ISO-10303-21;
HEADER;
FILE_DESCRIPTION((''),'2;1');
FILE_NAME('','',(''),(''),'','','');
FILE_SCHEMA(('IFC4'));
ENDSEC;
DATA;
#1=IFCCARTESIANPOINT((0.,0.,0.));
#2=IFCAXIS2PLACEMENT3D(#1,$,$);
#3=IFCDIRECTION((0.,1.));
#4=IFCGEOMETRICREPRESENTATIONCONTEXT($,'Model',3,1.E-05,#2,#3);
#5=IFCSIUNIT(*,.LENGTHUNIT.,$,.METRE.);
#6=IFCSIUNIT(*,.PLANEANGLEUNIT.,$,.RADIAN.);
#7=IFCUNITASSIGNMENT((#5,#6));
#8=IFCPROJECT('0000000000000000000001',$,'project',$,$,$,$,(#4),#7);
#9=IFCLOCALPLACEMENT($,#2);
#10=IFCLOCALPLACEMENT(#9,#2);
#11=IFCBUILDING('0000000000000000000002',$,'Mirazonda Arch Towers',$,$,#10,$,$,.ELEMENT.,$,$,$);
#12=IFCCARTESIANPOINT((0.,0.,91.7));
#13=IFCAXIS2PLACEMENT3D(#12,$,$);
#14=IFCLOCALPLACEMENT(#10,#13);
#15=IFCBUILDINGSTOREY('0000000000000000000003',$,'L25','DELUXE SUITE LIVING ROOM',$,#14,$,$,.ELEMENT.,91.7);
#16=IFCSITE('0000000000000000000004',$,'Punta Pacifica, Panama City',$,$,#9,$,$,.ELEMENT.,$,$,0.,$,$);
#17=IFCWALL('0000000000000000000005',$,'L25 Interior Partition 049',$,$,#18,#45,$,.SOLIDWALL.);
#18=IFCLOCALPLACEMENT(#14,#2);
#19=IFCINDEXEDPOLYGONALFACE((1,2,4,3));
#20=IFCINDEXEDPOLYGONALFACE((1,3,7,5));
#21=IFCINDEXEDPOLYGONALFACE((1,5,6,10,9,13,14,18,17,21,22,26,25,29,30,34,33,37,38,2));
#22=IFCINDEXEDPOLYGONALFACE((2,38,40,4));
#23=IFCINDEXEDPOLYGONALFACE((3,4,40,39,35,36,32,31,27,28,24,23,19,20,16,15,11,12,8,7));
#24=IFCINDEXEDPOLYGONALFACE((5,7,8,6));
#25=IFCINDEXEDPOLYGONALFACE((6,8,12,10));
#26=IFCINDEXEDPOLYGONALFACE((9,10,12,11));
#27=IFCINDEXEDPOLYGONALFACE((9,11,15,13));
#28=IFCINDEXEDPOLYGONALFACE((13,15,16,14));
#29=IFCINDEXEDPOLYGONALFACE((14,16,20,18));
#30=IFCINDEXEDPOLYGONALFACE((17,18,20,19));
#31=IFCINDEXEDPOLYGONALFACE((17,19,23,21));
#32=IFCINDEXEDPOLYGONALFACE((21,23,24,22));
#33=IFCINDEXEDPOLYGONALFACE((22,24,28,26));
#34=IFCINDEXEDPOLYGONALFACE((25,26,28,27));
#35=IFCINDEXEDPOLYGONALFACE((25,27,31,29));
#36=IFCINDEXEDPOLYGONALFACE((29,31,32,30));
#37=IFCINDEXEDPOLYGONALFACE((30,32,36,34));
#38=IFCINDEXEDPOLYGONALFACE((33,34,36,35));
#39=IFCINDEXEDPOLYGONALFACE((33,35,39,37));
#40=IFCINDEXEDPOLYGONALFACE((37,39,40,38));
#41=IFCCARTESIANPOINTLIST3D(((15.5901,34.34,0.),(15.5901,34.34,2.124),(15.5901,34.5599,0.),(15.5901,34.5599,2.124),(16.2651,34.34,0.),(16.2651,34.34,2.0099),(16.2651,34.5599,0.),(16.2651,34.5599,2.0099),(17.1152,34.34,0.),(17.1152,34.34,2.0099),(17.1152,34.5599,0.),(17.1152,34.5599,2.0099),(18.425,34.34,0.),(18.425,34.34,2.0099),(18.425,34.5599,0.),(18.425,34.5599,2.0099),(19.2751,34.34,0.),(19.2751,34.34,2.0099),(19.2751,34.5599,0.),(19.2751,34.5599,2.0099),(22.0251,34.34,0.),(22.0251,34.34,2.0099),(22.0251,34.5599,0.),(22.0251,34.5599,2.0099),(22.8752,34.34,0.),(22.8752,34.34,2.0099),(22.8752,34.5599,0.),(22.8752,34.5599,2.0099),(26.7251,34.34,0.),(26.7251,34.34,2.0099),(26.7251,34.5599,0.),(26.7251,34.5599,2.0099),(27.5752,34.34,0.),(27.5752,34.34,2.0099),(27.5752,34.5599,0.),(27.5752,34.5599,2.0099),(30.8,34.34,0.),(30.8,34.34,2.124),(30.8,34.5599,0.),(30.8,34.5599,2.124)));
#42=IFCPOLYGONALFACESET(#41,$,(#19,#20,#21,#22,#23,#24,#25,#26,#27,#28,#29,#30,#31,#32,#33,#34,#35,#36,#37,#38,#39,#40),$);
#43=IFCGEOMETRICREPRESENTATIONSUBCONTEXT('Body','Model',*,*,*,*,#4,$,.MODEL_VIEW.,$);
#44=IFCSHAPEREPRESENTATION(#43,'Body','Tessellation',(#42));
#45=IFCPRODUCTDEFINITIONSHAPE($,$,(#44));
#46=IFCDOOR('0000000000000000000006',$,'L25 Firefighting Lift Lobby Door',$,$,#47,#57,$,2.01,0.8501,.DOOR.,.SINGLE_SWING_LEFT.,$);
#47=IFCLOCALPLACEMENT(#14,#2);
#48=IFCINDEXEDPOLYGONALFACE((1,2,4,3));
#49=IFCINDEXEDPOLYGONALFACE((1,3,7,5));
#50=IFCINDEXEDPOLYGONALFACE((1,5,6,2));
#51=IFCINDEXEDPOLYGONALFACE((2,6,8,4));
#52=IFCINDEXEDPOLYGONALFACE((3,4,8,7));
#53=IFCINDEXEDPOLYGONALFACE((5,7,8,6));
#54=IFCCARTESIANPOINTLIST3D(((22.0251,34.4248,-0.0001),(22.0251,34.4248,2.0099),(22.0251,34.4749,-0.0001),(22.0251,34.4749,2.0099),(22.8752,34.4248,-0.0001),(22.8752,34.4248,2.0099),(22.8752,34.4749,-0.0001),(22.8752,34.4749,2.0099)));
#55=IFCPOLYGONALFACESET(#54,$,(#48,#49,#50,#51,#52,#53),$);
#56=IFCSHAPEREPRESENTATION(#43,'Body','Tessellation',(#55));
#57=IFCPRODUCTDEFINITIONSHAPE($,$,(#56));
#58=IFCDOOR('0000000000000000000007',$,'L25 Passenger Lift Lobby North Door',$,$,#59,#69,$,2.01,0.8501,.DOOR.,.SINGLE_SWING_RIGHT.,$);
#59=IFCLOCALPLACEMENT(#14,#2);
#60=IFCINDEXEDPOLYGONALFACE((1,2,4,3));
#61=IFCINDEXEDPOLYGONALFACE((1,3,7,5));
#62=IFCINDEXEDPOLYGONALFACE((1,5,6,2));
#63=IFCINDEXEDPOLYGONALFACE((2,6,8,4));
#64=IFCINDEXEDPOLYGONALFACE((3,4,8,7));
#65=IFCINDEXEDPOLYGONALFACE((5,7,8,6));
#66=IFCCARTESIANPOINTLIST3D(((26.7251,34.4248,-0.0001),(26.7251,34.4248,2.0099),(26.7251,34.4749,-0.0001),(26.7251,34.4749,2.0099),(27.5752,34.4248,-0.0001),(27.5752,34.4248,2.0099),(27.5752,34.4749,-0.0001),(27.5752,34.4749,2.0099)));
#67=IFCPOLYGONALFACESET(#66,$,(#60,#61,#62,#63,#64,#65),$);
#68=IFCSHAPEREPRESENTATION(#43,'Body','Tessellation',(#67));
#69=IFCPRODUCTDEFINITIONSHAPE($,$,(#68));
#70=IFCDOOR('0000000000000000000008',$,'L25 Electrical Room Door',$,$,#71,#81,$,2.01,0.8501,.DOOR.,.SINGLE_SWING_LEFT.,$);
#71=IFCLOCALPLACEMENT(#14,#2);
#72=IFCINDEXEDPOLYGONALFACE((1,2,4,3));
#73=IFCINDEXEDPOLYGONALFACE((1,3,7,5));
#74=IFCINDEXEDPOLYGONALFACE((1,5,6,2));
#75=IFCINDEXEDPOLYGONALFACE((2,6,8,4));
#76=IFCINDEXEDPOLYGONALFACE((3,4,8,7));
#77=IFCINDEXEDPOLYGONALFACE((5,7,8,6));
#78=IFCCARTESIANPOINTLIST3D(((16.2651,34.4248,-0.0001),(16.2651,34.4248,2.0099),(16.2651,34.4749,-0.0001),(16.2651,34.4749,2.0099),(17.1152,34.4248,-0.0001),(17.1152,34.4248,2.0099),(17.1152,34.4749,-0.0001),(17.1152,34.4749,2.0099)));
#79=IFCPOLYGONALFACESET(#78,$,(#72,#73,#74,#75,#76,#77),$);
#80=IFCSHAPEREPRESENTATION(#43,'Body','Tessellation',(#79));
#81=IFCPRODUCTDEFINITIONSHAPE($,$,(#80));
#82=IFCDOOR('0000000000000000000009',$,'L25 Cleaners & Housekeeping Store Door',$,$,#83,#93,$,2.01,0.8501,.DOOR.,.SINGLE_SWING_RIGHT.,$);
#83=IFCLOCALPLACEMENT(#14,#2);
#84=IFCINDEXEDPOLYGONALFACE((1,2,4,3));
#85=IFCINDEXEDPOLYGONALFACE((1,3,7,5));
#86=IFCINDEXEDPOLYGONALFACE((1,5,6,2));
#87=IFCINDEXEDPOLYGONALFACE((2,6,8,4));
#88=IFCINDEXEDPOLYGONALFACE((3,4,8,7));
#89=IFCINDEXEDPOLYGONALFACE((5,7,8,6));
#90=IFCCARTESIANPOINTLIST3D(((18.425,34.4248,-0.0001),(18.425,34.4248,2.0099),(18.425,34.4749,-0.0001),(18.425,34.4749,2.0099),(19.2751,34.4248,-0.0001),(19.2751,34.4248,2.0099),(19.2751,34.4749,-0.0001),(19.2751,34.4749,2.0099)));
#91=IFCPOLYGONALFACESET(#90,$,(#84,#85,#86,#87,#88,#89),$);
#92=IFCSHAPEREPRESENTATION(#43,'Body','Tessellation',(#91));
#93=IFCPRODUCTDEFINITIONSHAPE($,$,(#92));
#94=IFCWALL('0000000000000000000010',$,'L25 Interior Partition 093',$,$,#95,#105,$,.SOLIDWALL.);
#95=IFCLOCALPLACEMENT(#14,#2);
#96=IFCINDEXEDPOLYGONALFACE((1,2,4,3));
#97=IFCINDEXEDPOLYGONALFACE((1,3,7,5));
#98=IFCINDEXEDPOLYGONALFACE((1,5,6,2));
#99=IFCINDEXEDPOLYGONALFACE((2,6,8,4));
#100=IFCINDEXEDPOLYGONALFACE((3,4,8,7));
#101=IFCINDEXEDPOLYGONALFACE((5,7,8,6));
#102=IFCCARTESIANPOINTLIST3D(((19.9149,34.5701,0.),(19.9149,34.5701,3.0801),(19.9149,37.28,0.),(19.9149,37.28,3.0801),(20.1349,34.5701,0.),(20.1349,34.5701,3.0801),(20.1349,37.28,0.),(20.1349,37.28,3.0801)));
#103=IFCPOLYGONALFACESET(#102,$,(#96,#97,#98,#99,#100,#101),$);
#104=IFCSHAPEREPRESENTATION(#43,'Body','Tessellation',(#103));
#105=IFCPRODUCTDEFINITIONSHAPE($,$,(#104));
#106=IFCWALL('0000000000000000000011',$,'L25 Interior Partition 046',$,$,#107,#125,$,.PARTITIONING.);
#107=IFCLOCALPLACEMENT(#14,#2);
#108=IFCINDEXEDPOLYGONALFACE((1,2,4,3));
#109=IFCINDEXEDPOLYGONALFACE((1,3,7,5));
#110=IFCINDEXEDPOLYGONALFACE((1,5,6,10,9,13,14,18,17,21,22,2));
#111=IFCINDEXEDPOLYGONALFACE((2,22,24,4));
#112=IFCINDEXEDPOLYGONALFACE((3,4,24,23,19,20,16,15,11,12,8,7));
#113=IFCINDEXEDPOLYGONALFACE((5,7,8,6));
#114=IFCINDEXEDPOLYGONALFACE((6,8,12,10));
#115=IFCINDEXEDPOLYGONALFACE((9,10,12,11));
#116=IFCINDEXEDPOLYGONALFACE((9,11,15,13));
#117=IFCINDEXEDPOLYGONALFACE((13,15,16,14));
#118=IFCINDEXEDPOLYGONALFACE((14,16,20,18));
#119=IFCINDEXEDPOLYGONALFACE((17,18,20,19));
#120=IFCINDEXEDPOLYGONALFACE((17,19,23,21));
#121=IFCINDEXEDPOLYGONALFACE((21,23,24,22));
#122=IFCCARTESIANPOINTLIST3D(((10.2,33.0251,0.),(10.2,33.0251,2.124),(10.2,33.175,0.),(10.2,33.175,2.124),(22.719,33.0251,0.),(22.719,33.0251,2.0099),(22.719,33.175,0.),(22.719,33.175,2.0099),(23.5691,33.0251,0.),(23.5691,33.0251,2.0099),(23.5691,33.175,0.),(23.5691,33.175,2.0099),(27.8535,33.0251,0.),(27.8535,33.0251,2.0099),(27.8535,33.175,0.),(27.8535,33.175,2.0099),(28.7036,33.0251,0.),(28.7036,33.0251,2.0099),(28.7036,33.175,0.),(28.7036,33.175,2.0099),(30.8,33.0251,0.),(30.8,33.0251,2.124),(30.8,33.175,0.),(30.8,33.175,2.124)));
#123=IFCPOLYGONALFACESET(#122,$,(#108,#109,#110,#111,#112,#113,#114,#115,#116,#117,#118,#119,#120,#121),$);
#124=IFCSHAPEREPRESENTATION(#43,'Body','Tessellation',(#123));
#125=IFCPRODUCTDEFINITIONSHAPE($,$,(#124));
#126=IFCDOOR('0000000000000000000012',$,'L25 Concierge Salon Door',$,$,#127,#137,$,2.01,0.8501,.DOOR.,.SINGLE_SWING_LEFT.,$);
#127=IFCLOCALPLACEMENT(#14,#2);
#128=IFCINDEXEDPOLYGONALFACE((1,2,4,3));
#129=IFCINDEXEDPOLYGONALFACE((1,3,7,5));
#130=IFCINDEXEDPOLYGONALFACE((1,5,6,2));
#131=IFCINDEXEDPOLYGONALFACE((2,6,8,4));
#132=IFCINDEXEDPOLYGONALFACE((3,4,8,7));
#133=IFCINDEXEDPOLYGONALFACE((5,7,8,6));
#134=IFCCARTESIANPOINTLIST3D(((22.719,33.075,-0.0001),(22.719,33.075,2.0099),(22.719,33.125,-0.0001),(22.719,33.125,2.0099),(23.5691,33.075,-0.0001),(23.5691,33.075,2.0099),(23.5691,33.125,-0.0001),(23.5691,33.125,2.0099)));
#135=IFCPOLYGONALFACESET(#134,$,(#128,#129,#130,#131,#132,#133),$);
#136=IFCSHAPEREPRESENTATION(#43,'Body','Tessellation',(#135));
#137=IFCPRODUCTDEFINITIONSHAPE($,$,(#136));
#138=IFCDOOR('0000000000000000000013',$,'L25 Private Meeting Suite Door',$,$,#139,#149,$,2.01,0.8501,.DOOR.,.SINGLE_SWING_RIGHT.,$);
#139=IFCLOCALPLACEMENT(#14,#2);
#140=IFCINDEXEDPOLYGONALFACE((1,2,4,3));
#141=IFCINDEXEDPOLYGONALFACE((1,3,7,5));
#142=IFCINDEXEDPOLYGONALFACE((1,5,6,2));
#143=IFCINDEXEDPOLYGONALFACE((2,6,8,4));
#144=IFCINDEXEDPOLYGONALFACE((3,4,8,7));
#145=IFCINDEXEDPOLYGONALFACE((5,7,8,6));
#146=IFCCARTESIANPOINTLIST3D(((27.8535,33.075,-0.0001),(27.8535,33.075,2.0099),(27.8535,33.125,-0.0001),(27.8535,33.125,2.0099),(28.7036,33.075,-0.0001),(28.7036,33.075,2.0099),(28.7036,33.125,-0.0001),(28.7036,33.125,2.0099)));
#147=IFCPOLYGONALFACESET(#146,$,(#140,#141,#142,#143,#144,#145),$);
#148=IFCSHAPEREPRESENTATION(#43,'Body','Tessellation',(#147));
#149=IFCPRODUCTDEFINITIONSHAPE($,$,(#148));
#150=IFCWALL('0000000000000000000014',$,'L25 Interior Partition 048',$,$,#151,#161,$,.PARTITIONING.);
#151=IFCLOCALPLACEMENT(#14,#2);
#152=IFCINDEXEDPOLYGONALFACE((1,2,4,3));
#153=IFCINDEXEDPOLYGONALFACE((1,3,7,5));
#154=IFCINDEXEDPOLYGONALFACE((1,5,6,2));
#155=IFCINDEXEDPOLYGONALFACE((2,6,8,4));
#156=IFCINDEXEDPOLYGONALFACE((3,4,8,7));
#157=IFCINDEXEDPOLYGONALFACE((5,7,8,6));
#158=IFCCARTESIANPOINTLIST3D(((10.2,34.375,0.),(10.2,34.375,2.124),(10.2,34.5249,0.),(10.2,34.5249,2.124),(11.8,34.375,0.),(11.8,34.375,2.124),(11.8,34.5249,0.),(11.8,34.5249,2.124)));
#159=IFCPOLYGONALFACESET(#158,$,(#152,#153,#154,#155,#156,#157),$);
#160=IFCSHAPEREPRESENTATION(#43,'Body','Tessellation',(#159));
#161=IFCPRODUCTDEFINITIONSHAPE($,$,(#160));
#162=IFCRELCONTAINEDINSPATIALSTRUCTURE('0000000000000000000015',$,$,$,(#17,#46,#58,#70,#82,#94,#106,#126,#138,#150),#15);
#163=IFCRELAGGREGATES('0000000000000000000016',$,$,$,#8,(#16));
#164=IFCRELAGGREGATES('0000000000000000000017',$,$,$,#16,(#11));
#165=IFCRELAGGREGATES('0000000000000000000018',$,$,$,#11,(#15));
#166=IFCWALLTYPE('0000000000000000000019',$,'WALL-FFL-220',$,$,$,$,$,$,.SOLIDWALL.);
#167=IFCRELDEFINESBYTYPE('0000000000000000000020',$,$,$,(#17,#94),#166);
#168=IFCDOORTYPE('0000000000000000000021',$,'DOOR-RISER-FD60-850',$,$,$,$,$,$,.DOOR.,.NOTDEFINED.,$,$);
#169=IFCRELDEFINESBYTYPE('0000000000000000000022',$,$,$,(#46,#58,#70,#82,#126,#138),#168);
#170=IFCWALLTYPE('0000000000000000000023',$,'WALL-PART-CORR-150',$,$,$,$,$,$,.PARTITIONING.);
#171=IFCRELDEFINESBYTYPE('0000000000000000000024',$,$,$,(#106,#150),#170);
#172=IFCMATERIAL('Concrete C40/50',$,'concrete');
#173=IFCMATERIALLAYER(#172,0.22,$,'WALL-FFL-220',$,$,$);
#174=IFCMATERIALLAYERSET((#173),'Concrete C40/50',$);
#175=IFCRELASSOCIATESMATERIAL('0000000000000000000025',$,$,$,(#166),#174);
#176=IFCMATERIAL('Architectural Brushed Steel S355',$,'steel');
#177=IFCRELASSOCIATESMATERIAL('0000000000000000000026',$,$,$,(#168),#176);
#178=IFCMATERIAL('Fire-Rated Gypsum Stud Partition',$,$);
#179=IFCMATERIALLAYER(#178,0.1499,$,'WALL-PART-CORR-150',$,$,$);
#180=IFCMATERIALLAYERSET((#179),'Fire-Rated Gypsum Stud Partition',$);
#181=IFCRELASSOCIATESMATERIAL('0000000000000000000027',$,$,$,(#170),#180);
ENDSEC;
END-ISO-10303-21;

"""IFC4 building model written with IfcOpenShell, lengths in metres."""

from ifc_helpers import new_model, si_unit, direction, frame, frame_2d, origin, place, context, subcontext, project, spatial, rectangle, extrude, material, layer, layer_set, type_object, element, fill, save


model = new_model("IFC4")

# Units and contexts
model_context = context("Model", 3, precision=1e-05, world=origin(), true_north=direction((0.0, 1.0)))
body_context = subcontext(model_context, "Body", "Model", "MODEL_VIEW")
ifc_project = project(units=[si_unit("LENGTHUNIT", "METRE"), si_unit("PLANEANGLEUNIT", "RADIAN")], contexts=[model_context])

# Site, building, storey
site_placement = place(None, origin())
site = spatial("IfcSite", under=ifc_project, at=site_placement, Name="Punta Pacifica, Panama City", CompositionType="ELEMENT", RefElevation=0.0)
building_placement = place(site_placement, origin())
building = spatial("IfcBuilding", under=site, at=building_placement, Name="Mirazonda Arch Towers", CompositionType="ELEMENT")
storey_placement = place(building_placement, frame((0.0, 0.0, 91.7)))
storey = spatial("IfcBuildingStorey", under=building, at=storey_placement, Name="L25", Description="DELUXE SUITE LIVING ROOM", CompositionType="ELEMENT", Elevation=91.7)

# Shared definitions
ifc_material_1 = material(Name="Architectural Brushed Steel S355", Category="steel")

# Wall, openings, doors
ifc_material_2 = material(Name="Concrete C40/50", Category="concrete")
ifc_layer_1 = layer(ifc_material_2, 0.22, Name="WALL-FFL-220")
ifc_layer_set_1 = layer_set([ifc_layer_1], Name="Concrete C40/50")
wall_type_1 = type_object("IfcWallType", Name="WALL-FFL-220", PredefinedType="SOLIDWALL", material=ifc_layer_set_1)
wall_1_placement = place(storey_placement, frame((15.5901, 34.45, 0.0), z_axis=(0.0, 0.0, 1.0), x_axis=(1.0, 0.0, 0.0)))
wall_1 = element("IfcWall", 1, at=wall_1_placement, inside=storey, type_object=wall_type_1, Name="L25 Interior Partition 049", PredefinedType="SOLIDWALL", context=body_context, shape_type="SweptSolid", body=[
    extrude(rectangle(XDim=15.21, YDim=0.22, at=frame_2d((7.605, 0.0))), origin(), (0.0, 0.0, 1.0), 2.124),
])
opening_1_placement = place(wall_1_placement, frame((6.4351, 0.0, 0.0)))
opening_1 = element("IfcOpeningElement", 2, at=opening_1_placement, cuts=wall_1, PredefinedType="OPENING", context=body_context, shape_type="SweptSolid", body=[
    extrude(rectangle(XDim=0.8501, YDim=2.01, at=frame_2d((0.425, 1.0049))), frame((0.0, 0.1199, 0.0), z_axis=(0.0, -1.0, 0.0), x_axis=(1.0, 0.0, 0.0)), (0.0, 0.0, 1.0), 0.24),
])
opening_2_placement = place(wall_1_placement, frame((11.135, 0.0, 0.0)))
opening_2 = element("IfcOpeningElement", 3, at=opening_2_placement, cuts=wall_1, PredefinedType="OPENING", context=body_context, shape_type="SweptSolid", body=[
    extrude(rectangle(XDim=0.8501, YDim=2.01, at=frame_2d((0.425, 1.0049))), frame((0.0, 0.1199, 0.0), z_axis=(0.0, -1.0, 0.0), x_axis=(1.0, 0.0, 0.0)), (0.0, 0.0, 1.0), 0.24),
])
opening_3_placement = place(wall_1_placement, frame((0.675, 0.0, 0.0)))
opening_3 = element("IfcOpeningElement", 4, at=opening_3_placement, cuts=wall_1, PredefinedType="OPENING", context=body_context, shape_type="SweptSolid", body=[
    extrude(rectangle(XDim=0.8501, YDim=2.01, at=frame_2d((0.425, 1.0049))), frame((0.0, 0.1199, 0.0), z_axis=(0.0, -1.0, 0.0), x_axis=(1.0, 0.0, 0.0)), (0.0, 0.0, 1.0), 0.24),
])
opening_4_placement = place(wall_1_placement, frame((2.835, 0.0, 0.0)))
opening_4 = element("IfcOpeningElement", 5, at=opening_4_placement, cuts=wall_1, PredefinedType="OPENING", context=body_context, shape_type="SweptSolid", body=[
    extrude(rectangle(XDim=0.8501, YDim=2.01, at=frame_2d((0.425, 1.0049))), frame((0.0, 0.1199, 0.0), z_axis=(0.0, -1.0, 0.0), x_axis=(1.0, 0.0, 0.0)), (0.0, 0.0, 1.0), 0.24),
])
door_type_1 = type_object("IfcDoorType", Name="DOOR-RISER-FD60-850", OperationType="NOTDEFINED", PredefinedType="DOOR", material=ifc_material_1)
door_1_placement = place(opening_1_placement, origin())
door_1 = element("IfcDoor", 6, at=door_1_placement, inside=storey, type_object=door_type_1, Name="L25 Firefighting Lift Lobby Door", OperationType="SINGLE_SWING_LEFT", OverallHeight=2.01, OverallWidth=0.8501, PredefinedType="DOOR", context=body_context, shape_type="SweptSolid", body=[
    extrude(rectangle(XDim=0.8501, YDim=2.01, at=frame_2d((0.425, 1.0049))), frame((0.0, 0.0249, 0.0), z_axis=(0.0, -1.0, 0.0), x_axis=(1.0, 0.0, 0.0)), (0.0, 0.0, 1.0), 0.05),
])
fill(opening_1, door_1)
door_2_placement = place(opening_2_placement, origin())
door_2 = element("IfcDoor", 7, at=door_2_placement, inside=storey, type_object=door_type_1, Name="L25 Passenger Lift Lobby North Door", OperationType="SINGLE_SWING_RIGHT", OverallHeight=2.01, OverallWidth=0.8501, PredefinedType="DOOR", context=body_context, shape_type="SweptSolid", body=[
    extrude(rectangle(XDim=0.8501, YDim=2.01, at=frame_2d((0.425, 1.0049))), frame((0.0, 0.0249, 0.0), z_axis=(0.0, -1.0, 0.0), x_axis=(1.0, 0.0, 0.0)), (0.0, 0.0, 1.0), 0.05),
])
fill(opening_2, door_2)
door_3_placement = place(opening_3_placement, origin())
door_3 = element("IfcDoor", 8, at=door_3_placement, inside=storey, type_object=door_type_1, Name="L25 Electrical Room Door", OperationType="SINGLE_SWING_LEFT", OverallHeight=2.01, OverallWidth=0.8501, PredefinedType="DOOR", context=body_context, shape_type="SweptSolid", body=[
    extrude(rectangle(XDim=0.8501, YDim=2.01, at=frame_2d((0.425, 1.0049))), frame((0.0, 0.0249, 0.0), z_axis=(0.0, -1.0, 0.0), x_axis=(1.0, 0.0, 0.0)), (0.0, 0.0, 1.0), 0.05),
])
fill(opening_3, door_3)
door_4_placement = place(opening_4_placement, origin())
door_4 = element("IfcDoor", 9, at=door_4_placement, inside=storey, type_object=door_type_1, Name="L25 Cleaners & Housekeeping Store Door", OperationType="SINGLE_SWING_RIGHT", OverallHeight=2.01, OverallWidth=0.8501, PredefinedType="DOOR", context=body_context, shape_type="SweptSolid", body=[
    extrude(rectangle(XDim=0.8501, YDim=2.01, at=frame_2d((0.425, 1.0049))), frame((0.0, 0.0249, 0.0), z_axis=(0.0, -1.0, 0.0), x_axis=(1.0, 0.0, 0.0)), (0.0, 0.0, 1.0), 0.05),
])
fill(opening_4, door_4)

# Wall
wall_2_placement = place(storey_placement, frame((20.0249, 34.5701, 0.0), z_axis=(0.0, 0.0, 1.0), x_axis=(0.0, 1.0, 0.0)))
element("IfcWall", 10, at=wall_2_placement, inside=storey, type_object=wall_type_1, Name="L25 Interior Partition 093", PredefinedType="SOLIDWALL", context=body_context, shape_type="SweptSolid", body=[
    extrude(rectangle(XDim=2.71, YDim=0.22, at=frame_2d((1.355, 0.0))), origin(), (0.0, 0.0, 1.0), 3.0801),
])

# Wall, openings, doors
ifc_material_3 = material(Name="Fire-Rated Gypsum Stud Partition")
ifc_layer_2 = layer(ifc_material_3, 0.1499, Name="WALL-PART-CORR-150")
ifc_layer_set_2 = layer_set([ifc_layer_2], Name="Fire-Rated Gypsum Stud Partition")
wall_type_2 = type_object("IfcWallType", Name="WALL-PART-CORR-150", PredefinedType="PARTITIONING", material=ifc_layer_set_2)
wall_3_placement = place(storey_placement, frame((10.2, 33.1001, 0.0), z_axis=(0.0, 0.0, 1.0), x_axis=(1.0, 0.0, 0.0)))
wall_3 = element("IfcWall", 11, at=wall_3_placement, inside=storey, type_object=wall_type_2, Name="L25 Interior Partition 046", PredefinedType="PARTITIONING", context=body_context, shape_type="SweptSolid", body=[
    extrude(rectangle(XDim=20.6001, YDim=0.1499, at=frame_2d((10.3, 0.0))), origin(), (0.0, 0.0, 1.0), 2.124),
])
opening_5_placement = place(wall_3_placement, frame((12.519, 0.0, 0.0)))
opening_5 = element("IfcOpeningElement", 12, at=opening_5_placement, cuts=wall_3, PredefinedType="OPENING", context=body_context, shape_type="SweptSolid", body=[
    extrude(rectangle(XDim=0.8501, YDim=2.01, at=frame_2d((0.425, 1.0049))), frame((0.0, 0.085, 0.0), z_axis=(0.0, -1.0, 0.0), x_axis=(1.0, 0.0, 0.0)), (0.0, 0.0, 1.0), 0.1699),
])
opening_6_placement = place(wall_3_placement, frame((17.6536, 0.0, 0.0)))
opening_6 = element("IfcOpeningElement", 13, at=opening_6_placement, cuts=wall_3, PredefinedType="OPENING", context=body_context, shape_type="SweptSolid", body=[
    extrude(rectangle(XDim=0.8501, YDim=2.01, at=frame_2d((0.425, 1.0049))), frame((0.0, 0.085, 0.0), z_axis=(0.0, -1.0, 0.0), x_axis=(1.0, 0.0, 0.0)), (0.0, 0.0, 1.0), 0.1699),
])
door_5_placement = place(opening_5_placement, origin())
door_5 = element("IfcDoor", 14, at=door_5_placement, inside=storey, type_object=door_type_1, Name="L25 Concierge Salon Door", OperationType="SINGLE_SWING_LEFT", OverallHeight=2.01, OverallWidth=0.8501, PredefinedType="DOOR", context=body_context, shape_type="SweptSolid", body=[
    extrude(rectangle(XDim=0.8501, YDim=2.01, at=frame_2d((0.425, 1.0049))), frame((0.0, 0.0249, 0.0), z_axis=(0.0, -1.0, 0.0), x_axis=(1.0, 0.0, 0.0)), (0.0, 0.0, 1.0), 0.05),
])
fill(opening_5, door_5)
door_6_placement = place(opening_6_placement, origin())
door_6 = element("IfcDoor", 15, at=door_6_placement, inside=storey, type_object=door_type_1, Name="L25 Private Meeting Suite Door", OperationType="SINGLE_SWING_RIGHT", OverallHeight=2.01, OverallWidth=0.8501, PredefinedType="DOOR", context=body_context, shape_type="SweptSolid", body=[
    extrude(rectangle(XDim=0.8501, YDim=2.01, at=frame_2d((0.425, 1.0049))), frame((0.0, 0.0249, 0.0), z_axis=(0.0, -1.0, 0.0), x_axis=(1.0, 0.0, 0.0)), (0.0, 0.0, 1.0), 0.05),
])
fill(opening_6, door_6)

# Wall
wall_4_placement = place(storey_placement, frame((10.2, 34.45, 0.0), z_axis=(0.0, 0.0, 1.0), x_axis=(1.0, 0.0, 0.0)))
element("IfcWall", 16, at=wall_4_placement, inside=storey, type_object=wall_type_2, Name="L25 Interior Partition 048", PredefinedType="PARTITIONING", context=body_context, shape_type="SweptSolid", body=[
    extrude(rectangle(XDim=1.6001, YDim=0.1499, at=frame_2d((0.8, 0.0))), origin(), (0.0, 0.0, 1.0), 2.124),
])

save(model, "model.ifc")
